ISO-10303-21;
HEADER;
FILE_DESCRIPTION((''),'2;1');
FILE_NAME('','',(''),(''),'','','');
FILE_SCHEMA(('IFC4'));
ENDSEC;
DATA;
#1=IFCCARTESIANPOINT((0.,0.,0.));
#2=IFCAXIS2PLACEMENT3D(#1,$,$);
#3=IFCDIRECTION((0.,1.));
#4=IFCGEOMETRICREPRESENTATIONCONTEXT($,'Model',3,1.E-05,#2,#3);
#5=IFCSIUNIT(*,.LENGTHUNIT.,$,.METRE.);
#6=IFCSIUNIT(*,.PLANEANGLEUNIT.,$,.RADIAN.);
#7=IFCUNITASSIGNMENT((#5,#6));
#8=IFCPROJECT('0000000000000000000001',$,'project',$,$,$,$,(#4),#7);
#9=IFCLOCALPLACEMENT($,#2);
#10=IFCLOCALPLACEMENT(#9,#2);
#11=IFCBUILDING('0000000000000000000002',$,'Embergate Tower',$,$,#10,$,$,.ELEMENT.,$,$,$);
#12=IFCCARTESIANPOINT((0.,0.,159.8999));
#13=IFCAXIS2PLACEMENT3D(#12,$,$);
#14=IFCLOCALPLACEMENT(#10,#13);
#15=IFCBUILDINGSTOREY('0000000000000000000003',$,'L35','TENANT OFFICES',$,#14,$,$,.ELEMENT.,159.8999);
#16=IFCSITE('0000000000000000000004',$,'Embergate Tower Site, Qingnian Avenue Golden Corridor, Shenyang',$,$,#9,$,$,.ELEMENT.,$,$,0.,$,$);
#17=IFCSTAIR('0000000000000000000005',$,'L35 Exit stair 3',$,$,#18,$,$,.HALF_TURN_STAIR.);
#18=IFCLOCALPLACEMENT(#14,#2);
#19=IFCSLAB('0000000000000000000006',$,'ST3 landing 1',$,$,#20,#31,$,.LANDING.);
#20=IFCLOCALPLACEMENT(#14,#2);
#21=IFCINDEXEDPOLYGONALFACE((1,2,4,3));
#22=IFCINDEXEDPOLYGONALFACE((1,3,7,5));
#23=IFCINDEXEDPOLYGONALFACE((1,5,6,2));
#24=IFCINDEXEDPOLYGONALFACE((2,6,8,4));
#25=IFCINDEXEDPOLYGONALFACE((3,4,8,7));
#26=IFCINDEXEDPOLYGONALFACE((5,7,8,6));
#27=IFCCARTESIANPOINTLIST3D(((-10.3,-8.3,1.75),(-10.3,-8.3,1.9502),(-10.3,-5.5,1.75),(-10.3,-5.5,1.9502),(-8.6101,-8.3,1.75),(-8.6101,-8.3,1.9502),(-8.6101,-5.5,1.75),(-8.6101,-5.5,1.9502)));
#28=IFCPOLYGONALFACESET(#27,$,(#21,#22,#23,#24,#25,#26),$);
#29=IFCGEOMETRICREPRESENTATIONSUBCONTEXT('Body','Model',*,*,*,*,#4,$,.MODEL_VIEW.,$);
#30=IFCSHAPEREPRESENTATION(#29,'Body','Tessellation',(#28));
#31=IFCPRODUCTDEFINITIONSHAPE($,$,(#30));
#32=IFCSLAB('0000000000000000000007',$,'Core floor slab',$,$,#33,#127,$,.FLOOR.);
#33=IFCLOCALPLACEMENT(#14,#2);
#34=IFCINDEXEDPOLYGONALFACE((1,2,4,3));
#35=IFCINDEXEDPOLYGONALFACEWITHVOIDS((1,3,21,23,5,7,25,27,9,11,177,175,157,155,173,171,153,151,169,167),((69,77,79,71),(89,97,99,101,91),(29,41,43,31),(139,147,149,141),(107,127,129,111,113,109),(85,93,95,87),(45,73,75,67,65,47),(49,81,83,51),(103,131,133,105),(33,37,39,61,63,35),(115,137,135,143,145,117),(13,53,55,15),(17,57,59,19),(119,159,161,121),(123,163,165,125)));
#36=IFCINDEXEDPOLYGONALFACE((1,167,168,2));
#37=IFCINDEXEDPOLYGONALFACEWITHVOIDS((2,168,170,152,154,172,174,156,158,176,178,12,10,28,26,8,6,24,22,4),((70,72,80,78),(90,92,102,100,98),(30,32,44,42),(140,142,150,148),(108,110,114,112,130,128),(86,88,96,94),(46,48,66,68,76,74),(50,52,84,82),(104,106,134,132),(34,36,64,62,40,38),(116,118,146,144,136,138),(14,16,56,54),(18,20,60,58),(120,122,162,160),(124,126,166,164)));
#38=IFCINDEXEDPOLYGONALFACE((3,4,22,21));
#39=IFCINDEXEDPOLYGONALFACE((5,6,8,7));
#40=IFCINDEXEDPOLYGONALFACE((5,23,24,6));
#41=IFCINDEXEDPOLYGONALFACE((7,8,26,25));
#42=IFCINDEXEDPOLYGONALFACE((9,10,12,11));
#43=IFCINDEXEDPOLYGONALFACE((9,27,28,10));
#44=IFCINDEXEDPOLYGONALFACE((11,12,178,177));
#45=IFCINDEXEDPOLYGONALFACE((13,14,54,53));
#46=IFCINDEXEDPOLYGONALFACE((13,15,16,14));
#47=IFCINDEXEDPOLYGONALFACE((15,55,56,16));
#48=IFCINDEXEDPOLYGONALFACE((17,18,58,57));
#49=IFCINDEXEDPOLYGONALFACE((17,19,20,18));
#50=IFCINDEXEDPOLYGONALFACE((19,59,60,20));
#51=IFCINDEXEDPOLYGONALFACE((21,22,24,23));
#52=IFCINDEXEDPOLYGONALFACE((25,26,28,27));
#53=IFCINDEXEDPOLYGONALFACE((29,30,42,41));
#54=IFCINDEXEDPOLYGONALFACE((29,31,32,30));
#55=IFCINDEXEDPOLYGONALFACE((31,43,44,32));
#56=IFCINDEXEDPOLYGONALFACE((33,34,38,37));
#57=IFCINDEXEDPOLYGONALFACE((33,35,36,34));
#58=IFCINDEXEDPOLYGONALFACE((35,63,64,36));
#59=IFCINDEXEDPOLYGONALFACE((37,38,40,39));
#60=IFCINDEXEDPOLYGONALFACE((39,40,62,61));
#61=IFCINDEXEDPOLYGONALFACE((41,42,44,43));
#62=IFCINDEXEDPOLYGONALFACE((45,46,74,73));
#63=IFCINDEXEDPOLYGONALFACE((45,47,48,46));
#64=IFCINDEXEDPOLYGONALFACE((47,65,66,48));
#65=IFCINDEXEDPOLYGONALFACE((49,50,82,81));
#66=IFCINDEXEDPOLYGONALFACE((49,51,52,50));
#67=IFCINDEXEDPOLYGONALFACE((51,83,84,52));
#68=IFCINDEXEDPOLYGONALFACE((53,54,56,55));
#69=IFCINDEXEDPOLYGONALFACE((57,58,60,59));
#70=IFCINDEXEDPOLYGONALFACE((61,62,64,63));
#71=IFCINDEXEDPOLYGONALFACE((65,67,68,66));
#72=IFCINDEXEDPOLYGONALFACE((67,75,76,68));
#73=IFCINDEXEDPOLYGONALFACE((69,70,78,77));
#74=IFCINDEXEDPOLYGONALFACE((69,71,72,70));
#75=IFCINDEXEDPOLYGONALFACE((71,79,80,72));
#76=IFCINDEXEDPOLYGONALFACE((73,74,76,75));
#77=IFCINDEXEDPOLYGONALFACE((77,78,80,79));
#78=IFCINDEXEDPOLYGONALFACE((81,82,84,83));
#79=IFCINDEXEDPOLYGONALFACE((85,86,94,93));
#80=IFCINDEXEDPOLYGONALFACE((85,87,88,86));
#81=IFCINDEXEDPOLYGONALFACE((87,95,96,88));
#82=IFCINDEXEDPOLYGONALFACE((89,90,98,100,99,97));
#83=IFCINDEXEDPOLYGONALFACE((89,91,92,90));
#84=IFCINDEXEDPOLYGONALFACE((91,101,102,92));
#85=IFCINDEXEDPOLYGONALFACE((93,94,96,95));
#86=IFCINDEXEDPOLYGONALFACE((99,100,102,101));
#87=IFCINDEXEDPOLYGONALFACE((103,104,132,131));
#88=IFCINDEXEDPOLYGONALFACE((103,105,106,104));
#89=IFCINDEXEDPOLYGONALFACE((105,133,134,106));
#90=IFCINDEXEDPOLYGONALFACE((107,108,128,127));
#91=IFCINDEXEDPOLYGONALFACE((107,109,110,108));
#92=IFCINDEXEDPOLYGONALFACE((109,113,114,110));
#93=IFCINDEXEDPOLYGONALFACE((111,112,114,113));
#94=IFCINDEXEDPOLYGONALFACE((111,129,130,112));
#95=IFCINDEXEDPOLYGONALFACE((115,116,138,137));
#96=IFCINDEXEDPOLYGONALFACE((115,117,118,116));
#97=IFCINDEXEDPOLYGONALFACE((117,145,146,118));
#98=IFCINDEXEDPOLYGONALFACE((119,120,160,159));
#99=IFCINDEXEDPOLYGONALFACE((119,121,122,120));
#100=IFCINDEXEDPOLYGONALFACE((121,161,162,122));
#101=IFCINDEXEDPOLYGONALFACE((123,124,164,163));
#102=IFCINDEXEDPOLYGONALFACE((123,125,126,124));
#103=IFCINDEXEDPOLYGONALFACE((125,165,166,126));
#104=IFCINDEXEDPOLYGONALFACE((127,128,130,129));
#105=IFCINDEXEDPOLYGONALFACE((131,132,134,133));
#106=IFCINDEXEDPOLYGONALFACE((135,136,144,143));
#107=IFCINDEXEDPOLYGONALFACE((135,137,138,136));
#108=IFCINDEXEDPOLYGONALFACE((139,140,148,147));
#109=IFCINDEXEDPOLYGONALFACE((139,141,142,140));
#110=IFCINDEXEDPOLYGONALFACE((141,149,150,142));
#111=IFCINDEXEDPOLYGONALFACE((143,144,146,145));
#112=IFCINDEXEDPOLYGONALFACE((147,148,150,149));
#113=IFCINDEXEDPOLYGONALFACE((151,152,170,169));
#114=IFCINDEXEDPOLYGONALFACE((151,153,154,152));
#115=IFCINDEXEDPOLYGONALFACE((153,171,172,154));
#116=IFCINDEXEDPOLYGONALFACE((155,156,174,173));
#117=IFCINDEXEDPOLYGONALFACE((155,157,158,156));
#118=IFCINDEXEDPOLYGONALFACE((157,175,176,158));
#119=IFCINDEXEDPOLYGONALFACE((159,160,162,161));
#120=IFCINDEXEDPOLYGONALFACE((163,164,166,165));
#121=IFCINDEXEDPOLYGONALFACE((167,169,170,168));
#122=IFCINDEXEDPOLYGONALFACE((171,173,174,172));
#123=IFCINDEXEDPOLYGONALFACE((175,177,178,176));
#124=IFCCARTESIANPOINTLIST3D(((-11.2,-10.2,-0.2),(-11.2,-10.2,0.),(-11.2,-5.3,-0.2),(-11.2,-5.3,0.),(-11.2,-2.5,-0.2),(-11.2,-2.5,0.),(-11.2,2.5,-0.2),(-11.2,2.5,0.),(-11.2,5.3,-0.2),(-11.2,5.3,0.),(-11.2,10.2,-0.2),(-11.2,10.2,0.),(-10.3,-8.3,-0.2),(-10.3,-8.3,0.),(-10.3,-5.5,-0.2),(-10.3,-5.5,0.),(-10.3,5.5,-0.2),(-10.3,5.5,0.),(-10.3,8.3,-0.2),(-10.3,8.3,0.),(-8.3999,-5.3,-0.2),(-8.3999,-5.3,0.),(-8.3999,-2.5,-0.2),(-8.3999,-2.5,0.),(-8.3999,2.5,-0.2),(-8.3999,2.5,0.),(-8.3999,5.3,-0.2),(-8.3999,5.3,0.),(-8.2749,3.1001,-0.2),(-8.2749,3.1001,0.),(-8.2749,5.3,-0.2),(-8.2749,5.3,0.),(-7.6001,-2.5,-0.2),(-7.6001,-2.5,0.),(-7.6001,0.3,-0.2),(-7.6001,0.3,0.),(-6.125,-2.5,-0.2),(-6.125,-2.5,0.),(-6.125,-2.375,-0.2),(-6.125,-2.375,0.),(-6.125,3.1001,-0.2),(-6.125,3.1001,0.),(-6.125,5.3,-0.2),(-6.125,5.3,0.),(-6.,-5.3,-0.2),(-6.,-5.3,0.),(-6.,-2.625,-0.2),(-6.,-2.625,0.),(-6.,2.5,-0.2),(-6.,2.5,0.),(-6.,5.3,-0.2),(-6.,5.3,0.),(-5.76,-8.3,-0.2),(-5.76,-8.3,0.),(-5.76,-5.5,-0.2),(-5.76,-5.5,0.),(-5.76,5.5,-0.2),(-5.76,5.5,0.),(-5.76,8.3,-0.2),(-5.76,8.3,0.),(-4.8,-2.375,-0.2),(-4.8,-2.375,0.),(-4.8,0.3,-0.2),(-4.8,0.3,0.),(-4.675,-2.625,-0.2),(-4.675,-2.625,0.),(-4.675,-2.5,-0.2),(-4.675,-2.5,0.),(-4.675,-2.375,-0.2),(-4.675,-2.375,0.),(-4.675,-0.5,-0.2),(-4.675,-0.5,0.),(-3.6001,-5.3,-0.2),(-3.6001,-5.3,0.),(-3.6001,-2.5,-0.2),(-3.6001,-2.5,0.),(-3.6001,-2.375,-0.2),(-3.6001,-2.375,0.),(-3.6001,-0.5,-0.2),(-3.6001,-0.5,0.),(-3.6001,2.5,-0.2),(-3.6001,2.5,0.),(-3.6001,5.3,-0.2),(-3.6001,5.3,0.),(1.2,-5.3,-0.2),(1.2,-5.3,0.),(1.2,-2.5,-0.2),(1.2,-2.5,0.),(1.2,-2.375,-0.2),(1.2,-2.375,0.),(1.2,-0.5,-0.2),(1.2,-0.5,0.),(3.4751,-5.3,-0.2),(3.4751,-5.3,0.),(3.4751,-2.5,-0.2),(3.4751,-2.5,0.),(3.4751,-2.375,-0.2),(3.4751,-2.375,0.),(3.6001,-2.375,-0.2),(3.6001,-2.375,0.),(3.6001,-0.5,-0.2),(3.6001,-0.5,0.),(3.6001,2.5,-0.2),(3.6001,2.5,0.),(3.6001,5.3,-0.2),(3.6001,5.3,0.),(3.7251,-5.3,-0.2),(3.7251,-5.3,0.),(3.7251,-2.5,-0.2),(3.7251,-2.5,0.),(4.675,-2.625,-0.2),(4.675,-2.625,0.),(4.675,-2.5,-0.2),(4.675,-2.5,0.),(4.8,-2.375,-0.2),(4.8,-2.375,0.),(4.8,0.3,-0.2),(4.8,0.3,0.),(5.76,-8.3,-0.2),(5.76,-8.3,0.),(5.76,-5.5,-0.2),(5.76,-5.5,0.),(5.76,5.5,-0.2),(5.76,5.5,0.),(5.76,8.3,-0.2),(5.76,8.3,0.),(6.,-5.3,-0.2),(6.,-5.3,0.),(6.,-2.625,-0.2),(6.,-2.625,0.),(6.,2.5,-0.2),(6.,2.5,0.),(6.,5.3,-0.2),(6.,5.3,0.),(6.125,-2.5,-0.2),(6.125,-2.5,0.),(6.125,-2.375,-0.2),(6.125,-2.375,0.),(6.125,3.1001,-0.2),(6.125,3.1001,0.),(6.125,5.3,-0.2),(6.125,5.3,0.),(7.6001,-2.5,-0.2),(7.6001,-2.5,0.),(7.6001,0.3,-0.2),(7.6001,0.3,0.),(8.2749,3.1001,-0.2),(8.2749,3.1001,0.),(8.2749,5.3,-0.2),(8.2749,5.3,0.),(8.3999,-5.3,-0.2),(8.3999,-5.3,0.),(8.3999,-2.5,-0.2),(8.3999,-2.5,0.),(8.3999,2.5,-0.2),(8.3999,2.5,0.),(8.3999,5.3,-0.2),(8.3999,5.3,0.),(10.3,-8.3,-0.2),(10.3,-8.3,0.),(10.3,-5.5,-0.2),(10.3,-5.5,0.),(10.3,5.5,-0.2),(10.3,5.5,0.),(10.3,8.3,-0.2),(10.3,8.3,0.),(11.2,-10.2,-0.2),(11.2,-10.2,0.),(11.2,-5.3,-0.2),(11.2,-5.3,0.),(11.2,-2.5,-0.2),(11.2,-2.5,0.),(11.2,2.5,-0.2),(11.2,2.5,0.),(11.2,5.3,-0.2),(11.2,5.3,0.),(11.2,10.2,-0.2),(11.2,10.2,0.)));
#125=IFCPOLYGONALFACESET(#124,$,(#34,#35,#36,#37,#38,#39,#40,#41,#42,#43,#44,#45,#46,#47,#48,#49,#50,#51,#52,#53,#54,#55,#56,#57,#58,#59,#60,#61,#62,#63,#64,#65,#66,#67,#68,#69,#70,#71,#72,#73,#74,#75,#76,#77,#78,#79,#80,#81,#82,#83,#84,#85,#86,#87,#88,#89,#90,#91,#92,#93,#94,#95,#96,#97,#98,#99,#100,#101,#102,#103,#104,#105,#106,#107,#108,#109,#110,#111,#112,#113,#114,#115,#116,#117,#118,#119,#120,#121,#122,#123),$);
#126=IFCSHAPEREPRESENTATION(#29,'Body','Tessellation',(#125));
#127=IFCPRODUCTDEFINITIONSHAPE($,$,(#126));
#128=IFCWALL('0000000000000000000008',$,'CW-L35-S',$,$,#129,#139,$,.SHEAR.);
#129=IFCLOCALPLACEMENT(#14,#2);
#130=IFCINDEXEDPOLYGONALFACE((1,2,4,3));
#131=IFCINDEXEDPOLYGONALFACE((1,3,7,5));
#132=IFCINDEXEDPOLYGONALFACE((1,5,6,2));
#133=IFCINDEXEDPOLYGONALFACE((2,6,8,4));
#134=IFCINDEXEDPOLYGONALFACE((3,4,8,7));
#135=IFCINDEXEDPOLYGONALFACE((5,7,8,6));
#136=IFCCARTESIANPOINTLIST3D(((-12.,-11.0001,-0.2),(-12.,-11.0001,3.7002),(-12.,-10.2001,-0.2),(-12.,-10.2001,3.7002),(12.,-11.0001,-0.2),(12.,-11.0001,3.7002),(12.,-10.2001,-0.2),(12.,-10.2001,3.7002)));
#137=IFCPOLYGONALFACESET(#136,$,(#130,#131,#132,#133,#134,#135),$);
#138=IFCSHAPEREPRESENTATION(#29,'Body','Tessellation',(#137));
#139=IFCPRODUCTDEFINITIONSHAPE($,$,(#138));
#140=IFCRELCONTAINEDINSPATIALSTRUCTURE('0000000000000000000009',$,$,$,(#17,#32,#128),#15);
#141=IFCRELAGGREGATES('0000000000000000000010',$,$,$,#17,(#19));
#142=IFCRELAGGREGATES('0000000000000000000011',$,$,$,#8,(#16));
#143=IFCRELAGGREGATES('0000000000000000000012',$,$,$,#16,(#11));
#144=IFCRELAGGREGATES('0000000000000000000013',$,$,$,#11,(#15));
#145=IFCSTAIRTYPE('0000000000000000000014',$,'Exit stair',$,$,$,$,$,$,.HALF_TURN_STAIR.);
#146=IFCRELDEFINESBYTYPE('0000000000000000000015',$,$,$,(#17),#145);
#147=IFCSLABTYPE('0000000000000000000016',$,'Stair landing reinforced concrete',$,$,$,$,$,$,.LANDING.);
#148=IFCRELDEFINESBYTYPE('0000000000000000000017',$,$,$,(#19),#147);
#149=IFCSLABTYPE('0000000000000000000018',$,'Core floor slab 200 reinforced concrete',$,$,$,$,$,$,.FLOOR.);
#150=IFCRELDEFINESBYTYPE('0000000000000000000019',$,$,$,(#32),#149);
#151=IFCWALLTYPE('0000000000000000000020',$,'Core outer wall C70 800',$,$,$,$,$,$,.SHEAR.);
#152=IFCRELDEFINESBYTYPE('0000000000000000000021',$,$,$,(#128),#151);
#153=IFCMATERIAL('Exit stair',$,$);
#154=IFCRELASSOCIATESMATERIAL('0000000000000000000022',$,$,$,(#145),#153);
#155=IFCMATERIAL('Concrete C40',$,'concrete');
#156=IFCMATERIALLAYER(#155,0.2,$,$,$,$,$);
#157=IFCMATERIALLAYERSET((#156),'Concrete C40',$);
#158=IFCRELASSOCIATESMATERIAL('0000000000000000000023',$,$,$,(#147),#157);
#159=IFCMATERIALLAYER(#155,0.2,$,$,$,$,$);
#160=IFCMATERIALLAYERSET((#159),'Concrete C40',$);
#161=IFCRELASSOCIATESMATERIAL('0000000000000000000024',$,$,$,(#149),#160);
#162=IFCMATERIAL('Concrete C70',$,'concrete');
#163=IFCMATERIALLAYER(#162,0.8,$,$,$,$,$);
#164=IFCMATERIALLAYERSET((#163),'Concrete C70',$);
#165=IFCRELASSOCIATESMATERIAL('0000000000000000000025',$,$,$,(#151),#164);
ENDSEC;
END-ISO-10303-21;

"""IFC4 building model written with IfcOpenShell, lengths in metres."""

from ifc_helpers import new_model, si_unit, direction, frame, frame_2d, origin, place, context, subcontext, project, spatial, polyline, rectangle, outline, extrude, source, transform, mapped, material, layer, layer_set, type_object, element, aggregate, save


model = new_model("IFC4")

# Units and contexts
model_context = context("Model", 3, precision=1e-05, world=origin(), true_north=direction((0.0, 1.0)))
body_context = subcontext(model_context, "Body", "Model", "MODEL_VIEW")
ifc_project = project(units=[si_unit("LENGTHUNIT", "METRE"), si_unit("PLANEANGLEUNIT", "RADIAN")], contexts=[model_context])

# Site, building, storey
site_placement = place(None, origin())
site = spatial("IfcSite", under=ifc_project, at=site_placement, Name="Embergate Tower Site, Qingnian Avenue Golden Corridor, Shenyang", CompositionType="ELEMENT", RefElevation=0.0)
building_placement = place(site_placement, origin())
building = spatial("IfcBuilding", under=site, at=building_placement, Name="Embergate Tower", CompositionType="ELEMENT")
storey_placement = place(building_placement, frame((0.0, 0.0, 159.8999)))
storey = spatial("IfcBuildingStorey", under=building, at=storey_placement, Name="L35", Description="TENANT OFFICES", CompositionType="ELEMENT", Elevation=159.8999)

# Stair, slab
ifc_material_1 = material(Name="Exit stair")
stair_type = type_object("IfcStairType", Name="Exit stair", PredefinedType="HALF_TURN_STAIR", material=ifc_material_1)
stair_placement = place(storey_placement, origin())
stair = element("IfcStair", 1, at=stair_placement, inside=storey, type_object=stair_type, Name="L35 Exit stair 3", PredefinedType="HALF_TURN_STAIR")
ifc_material_2 = material(Name="Concrete C40", Category="concrete")
ifc_layer_1 = layer(ifc_material_2, 0.2)
ifc_layer_set_1 = layer_set([ifc_layer_1], Name="Concrete C40")
slab_type_1 = type_object("IfcSlabType", Name="Stair landing reinforced concrete", PredefinedType="LANDING", material=ifc_layer_set_1)
shared_shape_1 = source(origin(), body_context, "Body", "SweptSolid", [
    extrude(outline(polyline([(0.0, 0.0), (1.6899, 0.0), (1.6899, 2.8), (0.0, 2.8), (0.0, 0.0)])), origin(), (0.0, 0.0, 1.0), 0.2002),
])
slab_1_placement = place(storey_placement, frame((-10.3, -8.3, 1.75)))
slab_1 = element("IfcSlab", 2, at=slab_1_placement, type_object=slab_type_1, Name="ST3 landing 1", PredefinedType="LANDING", context=body_context, shape_type="MappedRepresentation", body=[
    mapped(shared_shape_1, transform((0.0, 0.0, 0.0))),
])

# Slab
ifc_layer_2 = layer(ifc_material_2, 0.2)
ifc_layer_set_2 = layer_set([ifc_layer_2], Name="Concrete C40")
slab_type_2 = type_object("IfcSlabType", Name="Core floor slab 200 reinforced concrete", PredefinedType="FLOOR", material=ifc_layer_set_2)
shared_shape_2 = source(origin(), body_context, "Body", "SweptSolid", [
    extrude(outline(polyline([(0.0, 0.0), (22.3999, 0.0), (22.3999, 4.8999), (19.5999, 4.8999), (19.5999, 7.7), (22.3999, 7.7), (22.3999, 12.7), (19.5999, 12.7), (19.5999, 15.5), (22.3999, 15.5), (22.3999, 20.3999), (0.0, 20.3999), (0.0, 15.5), (2.8, 15.5), (2.8, 12.7), (0.0, 12.7), (0.0, 7.7), (2.8, 7.7), (2.8, 4.8999), (0.0, 4.8999), (0.0, 0.0)]), holes=[polyline([(0.8999, 1.8999), (0.8999, 4.7), (5.4399, 4.7), (5.4399, 1.8999), (0.8999, 1.8999)]), polyline([(16.96, 1.8999), (16.96, 4.7), (21.5, 4.7), (21.5, 1.8999), (16.96, 1.8999)]), polyline([(5.2, 4.8999), (5.2, 7.575), (6.5249, 7.575), (6.5249, 7.7), (7.5999, 7.7), (7.5999, 4.8999), (5.2, 4.8999)]), polyline([(12.3999, 4.8999), (12.3999, 7.7), (14.675, 7.7), (14.675, 4.8999), (12.3999, 4.8999)]), polyline([(14.925, 4.8999), (14.925, 7.7), (15.875, 7.7), (15.875, 7.575), (17.2, 7.575), (17.2, 4.8999), (14.925, 4.8999)]), polyline([(3.5999, 7.7), (3.5999, 10.5), (6.3999, 10.5), (6.3999, 7.825), (5.075, 7.825), (5.075, 7.7), (3.5999, 7.7)]), polyline([(17.325, 7.7), (17.325, 7.825), (16.0, 7.825), (16.0, 10.5), (18.8, 10.5), (18.8, 7.7), (17.325, 7.7)]), polyline([(6.5249, 7.825), (6.5249, 9.7), (7.5999, 9.7), (7.5999, 7.825), (6.5249, 7.825)]), polyline([(12.3999, 7.825), (12.3999, 9.7), (14.8, 9.7), (14.8, 7.825), (14.675, 7.825), (12.3999, 7.825)]), polyline([(5.2, 12.7), (5.2, 15.5), (7.5999, 15.5), (7.5999, 12.7), (5.2, 12.7)]), polyline([(14.8, 12.7), (14.8, 15.5), (17.2, 15.5), (17.2, 12.7), (14.8, 12.7)]), polyline([(2.925, 13.3), (2.925, 15.5), (5.075, 15.5), (5.075, 13.3), (2.925, 13.3)]), polyline([(17.325, 13.3), (17.325, 15.5), (19.4749, 15.5), (19.4749, 13.3), (17.325, 13.3)]), polyline([(0.8999, 15.7), (0.8999, 18.5), (5.4399, 18.5), (5.4399, 15.7), (0.8999, 15.7)]), polyline([(16.96, 15.7), (16.96, 18.5), (21.5, 18.5), (21.5, 15.7), (16.96, 15.7)])]), origin(), (0.0, 0.0, 1.0), 0.2),
])
slab_2_placement = place(storey_placement, frame((-11.2, -10.2, -0.2)))
element("IfcSlab", 3, at=slab_2_placement, inside=storey, type_object=slab_type_2, Name="Core floor slab", PredefinedType="FLOOR", context=body_context, shape_type="MappedRepresentation", body=[
    mapped(shared_shape_2, transform((0.0, 0.0, 0.0))),
])

# Wall
ifc_material_3 = material(Name="Concrete C70", Category="concrete")
ifc_layer_3 = layer(ifc_material_3, 0.8)
ifc_layer_set_3 = layer_set([ifc_layer_3], Name="Concrete C70")
wall_type_1 = type_object("IfcWallType", Name="Core outer wall C70 800", PredefinedType="SHEAR", material=ifc_layer_set_3)
shared_shape_3 = source(origin(), body_context, "Body", "SweptSolid", [
    extrude(rectangle(XDim=24.0, YDim=0.8, at=frame_2d((12.0, 0.0))), origin(), (0.0, 0.0, 1.0), 3.9001),
])
wall_1_placement = place(storey_placement, frame((-12.0, -10.6001, -0.2), z_axis=(0.0, 0.0, 1.0), x_axis=(1.0, 0.0, 0.0)))
element("IfcWall", 4, at=wall_1_placement, inside=storey, type_object=wall_type_1, Name="CW-L35-S", PredefinedType="SHEAR", context=body_context, shape_type="MappedRepresentation", body=[
    mapped(shared_shape_3, transform((0.0, 0.0, 0.0))),
])

aggregate(stair, [slab_1])

save(model, "model.ifc")
